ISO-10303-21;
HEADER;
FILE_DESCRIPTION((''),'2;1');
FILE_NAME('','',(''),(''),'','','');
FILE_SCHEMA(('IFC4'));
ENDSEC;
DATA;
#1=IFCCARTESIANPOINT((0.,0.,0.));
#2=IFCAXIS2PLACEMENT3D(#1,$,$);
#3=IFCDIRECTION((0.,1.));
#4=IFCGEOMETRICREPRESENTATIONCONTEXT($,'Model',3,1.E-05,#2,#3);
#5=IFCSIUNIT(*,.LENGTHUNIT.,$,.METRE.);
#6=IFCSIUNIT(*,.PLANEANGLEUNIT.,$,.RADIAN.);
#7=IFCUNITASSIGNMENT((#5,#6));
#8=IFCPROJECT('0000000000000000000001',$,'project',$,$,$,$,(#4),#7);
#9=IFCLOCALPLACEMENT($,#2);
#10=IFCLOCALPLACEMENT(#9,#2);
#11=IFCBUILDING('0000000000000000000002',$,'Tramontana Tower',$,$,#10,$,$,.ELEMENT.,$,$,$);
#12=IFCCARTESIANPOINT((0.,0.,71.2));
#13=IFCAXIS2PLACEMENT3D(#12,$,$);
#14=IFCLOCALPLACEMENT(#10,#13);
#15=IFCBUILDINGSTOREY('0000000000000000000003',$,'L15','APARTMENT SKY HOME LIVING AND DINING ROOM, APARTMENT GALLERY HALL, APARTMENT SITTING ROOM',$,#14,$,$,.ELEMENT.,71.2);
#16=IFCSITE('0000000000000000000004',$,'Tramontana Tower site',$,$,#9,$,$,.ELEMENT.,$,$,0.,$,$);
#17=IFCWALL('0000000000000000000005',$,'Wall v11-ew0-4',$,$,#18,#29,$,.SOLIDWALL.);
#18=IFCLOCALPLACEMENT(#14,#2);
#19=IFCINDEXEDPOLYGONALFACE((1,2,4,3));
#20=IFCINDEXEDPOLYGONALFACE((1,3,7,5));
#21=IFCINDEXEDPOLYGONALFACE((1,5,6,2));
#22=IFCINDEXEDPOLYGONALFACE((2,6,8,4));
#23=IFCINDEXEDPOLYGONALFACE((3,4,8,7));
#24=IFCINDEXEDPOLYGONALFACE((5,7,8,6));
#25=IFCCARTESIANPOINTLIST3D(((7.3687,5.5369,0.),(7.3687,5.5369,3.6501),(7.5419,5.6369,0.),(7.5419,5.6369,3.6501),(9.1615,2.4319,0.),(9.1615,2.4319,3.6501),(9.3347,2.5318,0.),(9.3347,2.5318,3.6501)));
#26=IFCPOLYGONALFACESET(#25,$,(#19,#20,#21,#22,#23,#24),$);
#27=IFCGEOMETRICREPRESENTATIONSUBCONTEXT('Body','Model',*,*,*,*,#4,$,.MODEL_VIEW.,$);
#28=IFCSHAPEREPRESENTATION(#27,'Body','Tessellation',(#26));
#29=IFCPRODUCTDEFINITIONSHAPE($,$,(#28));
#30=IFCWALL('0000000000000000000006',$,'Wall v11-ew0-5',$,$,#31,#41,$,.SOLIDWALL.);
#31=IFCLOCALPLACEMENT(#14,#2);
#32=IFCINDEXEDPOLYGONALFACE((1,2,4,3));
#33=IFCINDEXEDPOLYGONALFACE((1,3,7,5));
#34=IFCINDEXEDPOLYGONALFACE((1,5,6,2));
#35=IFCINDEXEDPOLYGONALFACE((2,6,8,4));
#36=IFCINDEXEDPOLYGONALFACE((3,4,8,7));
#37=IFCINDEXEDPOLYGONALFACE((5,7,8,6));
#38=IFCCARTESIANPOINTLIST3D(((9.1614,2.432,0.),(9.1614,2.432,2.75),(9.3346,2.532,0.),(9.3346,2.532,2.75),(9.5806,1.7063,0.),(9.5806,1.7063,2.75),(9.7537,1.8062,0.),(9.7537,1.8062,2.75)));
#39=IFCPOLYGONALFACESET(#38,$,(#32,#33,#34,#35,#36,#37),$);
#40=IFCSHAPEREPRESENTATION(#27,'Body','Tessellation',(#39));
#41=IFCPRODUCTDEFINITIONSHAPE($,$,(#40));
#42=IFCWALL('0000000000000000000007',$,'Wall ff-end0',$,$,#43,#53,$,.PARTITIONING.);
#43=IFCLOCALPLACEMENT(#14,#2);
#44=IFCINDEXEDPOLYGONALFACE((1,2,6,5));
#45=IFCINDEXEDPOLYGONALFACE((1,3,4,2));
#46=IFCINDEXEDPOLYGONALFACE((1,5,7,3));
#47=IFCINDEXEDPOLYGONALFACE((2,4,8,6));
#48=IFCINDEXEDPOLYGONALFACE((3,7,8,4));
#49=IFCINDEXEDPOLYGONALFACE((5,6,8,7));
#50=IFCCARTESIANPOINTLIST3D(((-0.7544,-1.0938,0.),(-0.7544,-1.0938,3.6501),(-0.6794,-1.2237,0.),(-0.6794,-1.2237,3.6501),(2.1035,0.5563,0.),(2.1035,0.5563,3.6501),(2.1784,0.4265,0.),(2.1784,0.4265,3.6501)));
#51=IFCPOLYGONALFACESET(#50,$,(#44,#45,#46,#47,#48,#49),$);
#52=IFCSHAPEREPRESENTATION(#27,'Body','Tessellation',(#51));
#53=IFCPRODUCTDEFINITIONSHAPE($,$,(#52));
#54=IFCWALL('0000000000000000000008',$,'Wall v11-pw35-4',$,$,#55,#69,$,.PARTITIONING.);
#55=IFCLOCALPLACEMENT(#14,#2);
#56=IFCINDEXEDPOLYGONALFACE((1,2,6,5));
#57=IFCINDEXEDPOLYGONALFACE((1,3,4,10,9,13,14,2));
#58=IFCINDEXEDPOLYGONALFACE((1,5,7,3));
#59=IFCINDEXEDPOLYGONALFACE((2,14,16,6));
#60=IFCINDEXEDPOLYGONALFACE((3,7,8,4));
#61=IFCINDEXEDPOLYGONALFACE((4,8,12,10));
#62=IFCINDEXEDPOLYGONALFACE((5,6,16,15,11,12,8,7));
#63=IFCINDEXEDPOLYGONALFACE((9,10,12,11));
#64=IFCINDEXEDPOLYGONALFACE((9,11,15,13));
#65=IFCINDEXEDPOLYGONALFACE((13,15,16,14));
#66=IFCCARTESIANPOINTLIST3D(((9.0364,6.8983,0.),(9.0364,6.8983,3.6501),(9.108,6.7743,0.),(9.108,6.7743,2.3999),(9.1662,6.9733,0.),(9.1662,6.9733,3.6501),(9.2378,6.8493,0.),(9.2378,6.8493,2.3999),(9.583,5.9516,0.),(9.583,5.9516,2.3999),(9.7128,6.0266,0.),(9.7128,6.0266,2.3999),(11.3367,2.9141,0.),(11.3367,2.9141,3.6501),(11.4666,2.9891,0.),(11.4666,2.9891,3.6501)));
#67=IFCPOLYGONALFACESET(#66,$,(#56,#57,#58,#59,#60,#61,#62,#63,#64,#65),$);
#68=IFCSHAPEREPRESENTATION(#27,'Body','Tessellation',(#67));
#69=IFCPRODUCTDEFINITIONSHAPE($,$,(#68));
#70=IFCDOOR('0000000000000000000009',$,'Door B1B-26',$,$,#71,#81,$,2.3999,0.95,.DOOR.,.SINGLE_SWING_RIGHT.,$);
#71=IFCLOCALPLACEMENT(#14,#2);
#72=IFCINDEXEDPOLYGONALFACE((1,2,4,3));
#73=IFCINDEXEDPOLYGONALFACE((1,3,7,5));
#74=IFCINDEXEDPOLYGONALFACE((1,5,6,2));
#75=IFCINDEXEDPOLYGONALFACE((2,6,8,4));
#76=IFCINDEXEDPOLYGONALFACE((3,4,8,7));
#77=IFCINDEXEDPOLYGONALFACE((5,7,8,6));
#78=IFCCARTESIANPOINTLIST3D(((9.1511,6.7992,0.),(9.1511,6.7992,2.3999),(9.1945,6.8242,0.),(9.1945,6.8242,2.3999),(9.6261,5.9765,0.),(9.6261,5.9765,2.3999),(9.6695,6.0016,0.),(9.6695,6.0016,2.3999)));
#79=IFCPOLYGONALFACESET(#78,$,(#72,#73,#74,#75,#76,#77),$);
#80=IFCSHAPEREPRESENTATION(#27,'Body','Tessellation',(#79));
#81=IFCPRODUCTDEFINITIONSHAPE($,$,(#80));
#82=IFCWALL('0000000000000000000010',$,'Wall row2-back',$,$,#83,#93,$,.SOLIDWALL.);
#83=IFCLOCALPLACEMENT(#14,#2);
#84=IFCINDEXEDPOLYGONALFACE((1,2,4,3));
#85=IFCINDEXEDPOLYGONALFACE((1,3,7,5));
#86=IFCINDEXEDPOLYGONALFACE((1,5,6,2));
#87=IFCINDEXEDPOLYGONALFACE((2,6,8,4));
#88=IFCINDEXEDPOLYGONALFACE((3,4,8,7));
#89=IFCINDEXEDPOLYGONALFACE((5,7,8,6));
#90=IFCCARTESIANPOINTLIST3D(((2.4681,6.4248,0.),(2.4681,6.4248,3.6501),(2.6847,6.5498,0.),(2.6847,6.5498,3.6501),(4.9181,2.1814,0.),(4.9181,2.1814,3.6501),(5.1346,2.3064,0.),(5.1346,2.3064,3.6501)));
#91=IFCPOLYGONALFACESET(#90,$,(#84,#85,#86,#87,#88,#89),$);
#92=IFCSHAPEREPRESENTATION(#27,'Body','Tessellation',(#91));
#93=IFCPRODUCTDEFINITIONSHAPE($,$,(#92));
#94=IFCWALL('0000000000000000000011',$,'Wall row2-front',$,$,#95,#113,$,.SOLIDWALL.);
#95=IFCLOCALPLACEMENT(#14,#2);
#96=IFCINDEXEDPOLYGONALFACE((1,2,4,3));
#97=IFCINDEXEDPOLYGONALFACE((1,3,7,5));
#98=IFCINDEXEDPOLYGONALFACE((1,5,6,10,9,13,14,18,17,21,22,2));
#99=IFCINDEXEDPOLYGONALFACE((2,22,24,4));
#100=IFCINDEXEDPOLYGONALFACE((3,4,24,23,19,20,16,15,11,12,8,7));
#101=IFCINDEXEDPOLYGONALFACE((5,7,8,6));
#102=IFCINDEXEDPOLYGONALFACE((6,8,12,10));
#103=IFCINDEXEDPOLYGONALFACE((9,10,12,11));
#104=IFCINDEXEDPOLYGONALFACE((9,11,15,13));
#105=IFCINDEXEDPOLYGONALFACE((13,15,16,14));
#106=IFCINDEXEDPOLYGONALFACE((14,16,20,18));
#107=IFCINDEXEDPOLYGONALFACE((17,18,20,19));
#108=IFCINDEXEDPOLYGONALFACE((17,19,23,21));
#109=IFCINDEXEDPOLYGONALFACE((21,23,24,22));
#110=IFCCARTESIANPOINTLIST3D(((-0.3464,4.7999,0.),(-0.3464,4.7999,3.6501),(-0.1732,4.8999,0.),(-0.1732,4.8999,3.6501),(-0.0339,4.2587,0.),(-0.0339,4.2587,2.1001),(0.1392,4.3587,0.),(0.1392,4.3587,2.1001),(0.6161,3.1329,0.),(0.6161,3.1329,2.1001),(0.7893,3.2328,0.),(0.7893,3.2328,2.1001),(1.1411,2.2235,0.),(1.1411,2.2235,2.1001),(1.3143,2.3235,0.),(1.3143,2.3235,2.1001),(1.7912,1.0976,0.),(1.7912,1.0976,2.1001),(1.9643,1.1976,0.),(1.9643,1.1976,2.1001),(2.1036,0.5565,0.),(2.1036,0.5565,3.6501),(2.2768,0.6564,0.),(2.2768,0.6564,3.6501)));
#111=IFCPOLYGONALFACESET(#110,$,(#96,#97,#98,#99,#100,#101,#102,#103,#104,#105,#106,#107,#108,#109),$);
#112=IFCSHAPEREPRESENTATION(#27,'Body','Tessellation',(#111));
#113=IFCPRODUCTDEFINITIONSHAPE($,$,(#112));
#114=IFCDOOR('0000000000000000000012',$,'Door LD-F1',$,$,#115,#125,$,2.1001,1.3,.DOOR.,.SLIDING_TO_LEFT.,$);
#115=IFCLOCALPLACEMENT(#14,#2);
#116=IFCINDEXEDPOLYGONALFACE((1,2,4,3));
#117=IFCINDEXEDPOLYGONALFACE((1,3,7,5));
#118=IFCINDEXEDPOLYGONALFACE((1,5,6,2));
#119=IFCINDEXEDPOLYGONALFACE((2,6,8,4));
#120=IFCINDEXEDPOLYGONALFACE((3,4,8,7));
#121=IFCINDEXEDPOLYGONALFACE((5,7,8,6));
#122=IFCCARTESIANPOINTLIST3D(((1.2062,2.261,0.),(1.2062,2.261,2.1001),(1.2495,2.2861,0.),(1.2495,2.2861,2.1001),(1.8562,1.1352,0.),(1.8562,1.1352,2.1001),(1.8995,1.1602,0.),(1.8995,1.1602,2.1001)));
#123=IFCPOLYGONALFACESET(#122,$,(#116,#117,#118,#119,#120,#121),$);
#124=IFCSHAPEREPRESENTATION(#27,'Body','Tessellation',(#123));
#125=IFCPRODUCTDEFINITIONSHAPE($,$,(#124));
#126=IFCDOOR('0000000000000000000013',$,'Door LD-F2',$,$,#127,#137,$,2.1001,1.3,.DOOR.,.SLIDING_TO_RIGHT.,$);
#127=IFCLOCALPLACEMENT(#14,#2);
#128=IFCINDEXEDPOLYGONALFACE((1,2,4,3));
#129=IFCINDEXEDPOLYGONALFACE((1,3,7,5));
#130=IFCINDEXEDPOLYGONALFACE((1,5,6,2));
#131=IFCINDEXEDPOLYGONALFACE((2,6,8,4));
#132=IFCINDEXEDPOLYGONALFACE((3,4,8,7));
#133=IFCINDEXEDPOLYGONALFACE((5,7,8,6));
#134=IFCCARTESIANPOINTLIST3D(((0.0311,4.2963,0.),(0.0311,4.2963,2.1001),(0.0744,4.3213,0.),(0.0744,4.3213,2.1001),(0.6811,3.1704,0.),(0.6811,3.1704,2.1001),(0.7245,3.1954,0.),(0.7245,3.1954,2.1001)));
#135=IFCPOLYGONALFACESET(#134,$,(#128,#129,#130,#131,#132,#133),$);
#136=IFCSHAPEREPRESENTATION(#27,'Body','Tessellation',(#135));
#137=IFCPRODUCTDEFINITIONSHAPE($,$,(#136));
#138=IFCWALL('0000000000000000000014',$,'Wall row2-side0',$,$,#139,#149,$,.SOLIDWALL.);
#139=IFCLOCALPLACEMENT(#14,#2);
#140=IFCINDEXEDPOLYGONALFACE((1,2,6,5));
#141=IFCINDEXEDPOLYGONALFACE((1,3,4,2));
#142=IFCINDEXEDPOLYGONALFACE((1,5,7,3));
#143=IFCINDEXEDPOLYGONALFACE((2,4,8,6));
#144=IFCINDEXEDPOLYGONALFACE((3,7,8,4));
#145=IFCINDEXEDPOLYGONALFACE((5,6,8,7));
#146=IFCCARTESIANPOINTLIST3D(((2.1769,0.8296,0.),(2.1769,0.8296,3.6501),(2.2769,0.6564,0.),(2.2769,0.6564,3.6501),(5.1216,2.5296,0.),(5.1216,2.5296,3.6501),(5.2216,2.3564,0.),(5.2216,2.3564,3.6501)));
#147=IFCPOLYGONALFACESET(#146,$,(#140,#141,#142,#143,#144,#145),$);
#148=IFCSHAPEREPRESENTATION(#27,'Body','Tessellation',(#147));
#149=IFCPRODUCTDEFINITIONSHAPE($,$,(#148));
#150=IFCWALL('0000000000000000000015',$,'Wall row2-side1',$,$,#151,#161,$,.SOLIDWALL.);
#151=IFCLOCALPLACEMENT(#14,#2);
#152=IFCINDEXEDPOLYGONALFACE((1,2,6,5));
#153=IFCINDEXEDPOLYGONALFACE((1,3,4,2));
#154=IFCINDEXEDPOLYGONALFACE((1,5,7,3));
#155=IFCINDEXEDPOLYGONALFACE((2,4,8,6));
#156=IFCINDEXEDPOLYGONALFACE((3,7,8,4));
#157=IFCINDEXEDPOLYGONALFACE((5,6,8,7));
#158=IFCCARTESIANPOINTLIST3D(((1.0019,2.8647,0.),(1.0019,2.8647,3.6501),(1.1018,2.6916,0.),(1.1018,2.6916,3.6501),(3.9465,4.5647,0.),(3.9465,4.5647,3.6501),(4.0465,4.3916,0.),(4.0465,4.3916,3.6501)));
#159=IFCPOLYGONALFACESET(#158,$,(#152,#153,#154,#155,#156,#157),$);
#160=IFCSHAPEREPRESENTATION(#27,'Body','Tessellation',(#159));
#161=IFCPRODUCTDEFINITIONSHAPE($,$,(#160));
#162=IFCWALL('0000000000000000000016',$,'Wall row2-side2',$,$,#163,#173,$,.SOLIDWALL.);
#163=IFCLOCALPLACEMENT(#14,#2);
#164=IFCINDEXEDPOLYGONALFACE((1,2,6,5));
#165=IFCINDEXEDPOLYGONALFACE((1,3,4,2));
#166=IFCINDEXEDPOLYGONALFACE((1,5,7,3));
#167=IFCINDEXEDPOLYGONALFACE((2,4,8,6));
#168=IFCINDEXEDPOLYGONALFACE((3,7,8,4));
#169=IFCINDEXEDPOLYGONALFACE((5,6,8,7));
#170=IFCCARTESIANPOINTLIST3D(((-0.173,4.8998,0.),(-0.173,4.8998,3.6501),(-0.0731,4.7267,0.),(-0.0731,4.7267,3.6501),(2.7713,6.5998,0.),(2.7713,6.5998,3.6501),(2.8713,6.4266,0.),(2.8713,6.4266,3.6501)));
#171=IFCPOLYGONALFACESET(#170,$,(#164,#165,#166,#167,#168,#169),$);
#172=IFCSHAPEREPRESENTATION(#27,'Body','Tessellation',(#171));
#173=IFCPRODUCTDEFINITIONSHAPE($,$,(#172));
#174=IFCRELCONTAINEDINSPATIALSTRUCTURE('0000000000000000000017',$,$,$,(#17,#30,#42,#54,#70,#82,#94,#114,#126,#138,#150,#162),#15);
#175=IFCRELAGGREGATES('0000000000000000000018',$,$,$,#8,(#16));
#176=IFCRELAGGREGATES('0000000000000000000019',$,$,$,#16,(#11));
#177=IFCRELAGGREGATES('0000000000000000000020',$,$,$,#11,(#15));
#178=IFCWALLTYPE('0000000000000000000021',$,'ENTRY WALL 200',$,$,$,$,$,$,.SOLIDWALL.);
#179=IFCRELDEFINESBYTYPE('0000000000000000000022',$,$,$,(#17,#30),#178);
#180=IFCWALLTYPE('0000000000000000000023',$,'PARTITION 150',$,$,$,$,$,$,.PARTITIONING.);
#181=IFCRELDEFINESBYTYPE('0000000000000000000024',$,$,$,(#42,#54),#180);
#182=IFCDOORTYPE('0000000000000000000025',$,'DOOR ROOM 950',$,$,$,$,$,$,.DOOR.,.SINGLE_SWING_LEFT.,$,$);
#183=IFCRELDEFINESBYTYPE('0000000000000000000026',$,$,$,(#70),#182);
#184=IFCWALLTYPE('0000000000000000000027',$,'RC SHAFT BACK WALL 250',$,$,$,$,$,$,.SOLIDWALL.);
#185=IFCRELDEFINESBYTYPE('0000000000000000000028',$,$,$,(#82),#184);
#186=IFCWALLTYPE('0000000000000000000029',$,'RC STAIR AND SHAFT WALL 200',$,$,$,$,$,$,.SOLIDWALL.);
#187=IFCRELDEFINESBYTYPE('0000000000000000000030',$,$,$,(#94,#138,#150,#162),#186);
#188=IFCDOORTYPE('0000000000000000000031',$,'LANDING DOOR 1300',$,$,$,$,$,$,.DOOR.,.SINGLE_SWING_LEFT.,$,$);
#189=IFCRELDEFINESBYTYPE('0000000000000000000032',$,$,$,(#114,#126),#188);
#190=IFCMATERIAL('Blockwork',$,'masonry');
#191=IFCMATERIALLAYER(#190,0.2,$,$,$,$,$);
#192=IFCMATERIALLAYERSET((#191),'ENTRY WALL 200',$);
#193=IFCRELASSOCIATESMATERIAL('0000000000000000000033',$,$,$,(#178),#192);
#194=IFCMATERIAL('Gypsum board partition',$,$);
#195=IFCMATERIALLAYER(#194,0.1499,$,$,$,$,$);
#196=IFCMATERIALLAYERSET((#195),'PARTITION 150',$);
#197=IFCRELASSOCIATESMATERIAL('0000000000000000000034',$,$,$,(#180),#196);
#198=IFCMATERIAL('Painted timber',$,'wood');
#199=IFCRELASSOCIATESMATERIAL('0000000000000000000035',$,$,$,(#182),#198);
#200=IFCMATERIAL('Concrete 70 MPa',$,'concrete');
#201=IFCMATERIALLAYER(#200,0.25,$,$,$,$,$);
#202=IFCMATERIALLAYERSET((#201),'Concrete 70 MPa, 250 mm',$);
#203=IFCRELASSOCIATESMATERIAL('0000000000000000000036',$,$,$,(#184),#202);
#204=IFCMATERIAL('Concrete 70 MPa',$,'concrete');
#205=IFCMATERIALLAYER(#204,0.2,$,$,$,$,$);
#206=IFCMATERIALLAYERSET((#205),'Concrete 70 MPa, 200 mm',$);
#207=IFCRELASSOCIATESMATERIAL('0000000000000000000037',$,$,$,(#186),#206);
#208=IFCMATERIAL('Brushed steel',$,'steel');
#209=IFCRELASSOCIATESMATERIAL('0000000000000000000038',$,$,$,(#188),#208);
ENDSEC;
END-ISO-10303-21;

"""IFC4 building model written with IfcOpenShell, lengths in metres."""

from ifc_helpers import new_model, si_unit, direction, frame, frame_2d, origin, place, context, subcontext, project, spatial, rectangle, extrude, material, layer, layer_set, type_object, element, fill, save


model = new_model("IFC4")

# Units and contexts
model_context = context("Model", 3, precision=1e-05, world=origin(), true_north=direction((0.0, 1.0)))
body_context = subcontext(model_context, "Body", "Model", "MODEL_VIEW")
ifc_project = project(units=[si_unit("LENGTHUNIT", "METRE"), si_unit("PLANEANGLEUNIT", "RADIAN")], contexts=[model_context])

# Site, building, storey
site_placement = place(None, origin())
site = spatial("IfcSite", under=ifc_project, at=site_placement, Name="Tramontana Tower site", CompositionType="ELEMENT", RefElevation=0.0)
building_placement = place(site_placement, origin())
building = spatial("IfcBuilding", under=site, at=building_placement, Name="Tramontana Tower", CompositionType="ELEMENT")
storey_placement = place(building_placement, frame((0.0, 0.0, 71.2)))
storey = spatial("IfcBuildingStorey", under=building, at=storey_placement, Name="L15", Description="APARTMENT SKY HOME LIVING AND DINING ROOM, APARTMENT GALLERY HALL, APARTMENT SITTING ROOM", CompositionType="ELEMENT", Elevation=71.2)

# Walls
ifc_material_1 = material(Name="Blockwork", Category="masonry")
ifc_layer_1 = layer(ifc_material_1, 0.2)
ifc_layer_set_1 = layer_set([ifc_layer_1], Name="ENTRY WALL 200")
wall_type_1 = type_object("IfcWallType", Name="ENTRY WALL 200", PredefinedType="SOLIDWALL", material=ifc_layer_set_1)
wall_1_placement = place(storey_placement, frame((7.4553, 5.5869, 0.0), z_axis=(0.0, 0.0, 1.0), x_axis=(0.500013, -0.866018, 0.0)))
element("IfcWall", 1, at=wall_1_placement, inside=storey, type_object=wall_type_1, Name="Wall v11-ew0-4", PredefinedType="SOLIDWALL", context=body_context, shape_type="SweptSolid", body=[
    extrude(rectangle(XDim=3.5854, YDim=0.2, at=frame_2d((1.7927, 0.0))), origin(), (0.0, 0.0, 1.0), 3.6501),
])
wall_2_placement = place(storey_placement, frame((9.248, 2.4819, 0.0), z_axis=(0.0, 0.0, 1.0), x_axis=(0.500117, -0.865958, 0.0)))
element("IfcWall", 2, at=wall_2_placement, inside=storey, type_object=wall_type_1, Name="Wall v11-ew0-5", PredefinedType="SOLIDWALL", context=body_context, shape_type="SweptSolid", body=[
    extrude(rectangle(XDim=0.8381, YDim=0.2, at=frame_2d((0.4189, 0.0))), origin(), (0.0, 0.0, 1.0), 2.75),
])

# Shared definitions
ifc_material_2 = material(Name="Gypsum board partition")
ifc_layer_2 = layer(ifc_material_2, 0.1499)
ifc_layer_set_2 = layer_set([ifc_layer_2], Name="PARTITION 150")
wall_type_2 = type_object("IfcWallType", Name="PARTITION 150", PredefinedType="PARTITIONING", material=ifc_layer_set_2)

# Wall
wall_3_placement = place(storey_placement, frame((-0.7168, -1.1587, 0.0), z_axis=(0.0, 0.0, 1.0), x_axis=(0.866008, 0.50003, 0.0)))
element("IfcWall", 3, at=wall_3_placement, inside=storey, type_object=wall_type_2, Name="Wall ff-end0", PredefinedType="PARTITIONING", context=body_context, shape_type="SweptSolid", body=[
    extrude(rectangle(XDim=3.3, YDim=0.1499, at=frame_2d((1.6499, 0.0))), origin(), (0.0, 0.0, 1.0), 3.6501),
])

# Wall, opening, door
wall_4_placement = place(storey_placement, frame((9.1013, 6.9358, 0.0), z_axis=(0.0, 0.0, 1.0), x_axis=(0.500009, -0.86602, 0.0)))
wall_4 = element("IfcWall", 4, at=wall_4_placement, inside=storey, type_object=wall_type_2, Name="Wall v11-pw35-4", PredefinedType="PARTITIONING", context=body_context, shape_type="SweptSolid", body=[
    extrude(rectangle(XDim=4.6006, YDim=0.1499, at=frame_2d((2.3003, 0.0))), origin(), (0.0, 0.0, 1.0), 3.6501),
])
opening_1_placement = place(wall_4_placement, frame((0.1431, 0.0, 0.0)))
opening_1 = element("IfcOpeningElement", 5, at=opening_1_placement, cuts=wall_4, PredefinedType="OPENING", context=body_context, shape_type="SweptSolid", body=[
    extrude(rectangle(XDim=0.95, YDim=2.3999, at=frame_2d((0.4751, 1.2))), frame((0.0, 0.085, 0.0), z_axis=(0.0, -1.0, 0.0), x_axis=(1.0, 0.0, 0.0)), (0.0, 0.0, 1.0), 0.1699),
])
ifc_material_3 = material(Name="Painted timber", Category="wood")
door_type_1 = type_object("IfcDoorType", Name="DOOR ROOM 950", OperationType="SINGLE_SWING_LEFT", PredefinedType="DOOR", material=ifc_material_3)
door_1_placement = place(opening_1_placement, origin())
door_1 = element("IfcDoor", 6, at=door_1_placement, inside=storey, type_object=door_type_1, Name="Door B1B-26", OperationType="SINGLE_SWING_RIGHT", OverallHeight=2.3999, OverallWidth=0.95, PredefinedType="DOOR", context=body_context, shape_type="SweptSolid", body=[
    extrude(rectangle(XDim=0.95, YDim=2.3999, at=frame_2d((0.4751, 1.2))), frame((0.0, 0.0249, 0.0), z_axis=(0.0, -1.0, 0.0), x_axis=(1.0, 0.0, 0.0)), (0.0, 0.0, 1.0), 0.05),
])
fill(opening_1, door_1)

# Wall
ifc_material_4 = material(Name="Concrete 70 MPa", Category="concrete")
ifc_layer_3 = layer(ifc_material_4, 0.25)
ifc_layer_set_3 = layer_set([ifc_layer_3], Name="Concrete 70 MPa, 250 mm")
wall_type_3 = type_object("IfcWallType", Name="RC SHAFT BACK WALL 250", PredefinedType="SOLIDWALL", material=ifc_layer_set_3)
wall_5_placement = place(storey_placement, frame((5.0264, 2.2439, 0.0), z_axis=(0.0, 0.0, 1.0), x_axis=(-0.500003, 0.866024, 0.0)))
element("IfcWall", 7, at=wall_5_placement, inside=storey, type_object=wall_type_3, Name="Wall row2-back", PredefinedType="SOLIDWALL", context=body_context, shape_type="SweptSolid", body=[
    extrude(rectangle(XDim=4.8999, YDim=0.25, at=frame_2d((2.45, 0.0))), origin(), (0.0, 0.0, 1.0), 3.6501),
])

# Shared definitions
ifc_material_5 = material(Name="Concrete 70 MPa", Category="concrete")
ifc_layer_4 = layer(ifc_material_5, 0.2)
ifc_layer_set_4 = layer_set([ifc_layer_4], Name="Concrete 70 MPa, 200 mm")
wall_type_4 = type_object("IfcWallType", Name="RC STAIR AND SHAFT WALL 200", PredefinedType="SOLIDWALL", material=ifc_layer_set_4)

# Wall, openings, doors
wall_6_placement = place(storey_placement, frame((2.1902, 0.6064, 0.0), z_axis=(0.0, 0.0, 1.0), x_axis=(-0.500003, 0.866024, 0.0)))
wall_6 = element("IfcWall", 8, at=wall_6_placement, inside=storey, type_object=wall_type_4, Name="Wall row2-front", PredefinedType="SOLIDWALL", context=body_context, shape_type="SweptSolid", body=[
    extrude(rectangle(XDim=4.8999, YDim=0.2, at=frame_2d((2.45, 0.0))), origin(), (0.0, 0.0, 1.0), 3.6501),
])
opening_2_placement = place(wall_6_placement, frame((0.625, 0.0, 0.0)))
opening_2 = element("IfcOpeningElement", 9, at=opening_2_placement, cuts=wall_6, PredefinedType="OPENING", context=body_context, shape_type="SweptSolid", body=[
    extrude(rectangle(XDim=1.3, YDim=2.1001, at=frame_2d((0.6499, 1.05))), frame((0.0, 0.1099, 0.0), z_axis=(0.0, -1.0, 0.0), x_axis=(1.0, 0.0, 0.0)), (0.0, 0.0, 1.0), 0.22),
])
opening_3_placement = place(wall_6_placement, frame((2.9751, 0.0, 0.0)))
opening_3 = element("IfcOpeningElement", 10, at=opening_3_placement, cuts=wall_6, PredefinedType="OPENING", context=body_context, shape_type="SweptSolid", body=[
    extrude(rectangle(XDim=1.3, YDim=2.1001, at=frame_2d((0.6499, 1.05))), frame((0.0, 0.1099, 0.0), z_axis=(0.0, -1.0, 0.0), x_axis=(1.0, 0.0, 0.0)), (0.0, 0.0, 1.0), 0.22),
])
ifc_material_6 = material(Name="Brushed steel", Category="steel")
door_type_2 = type_object("IfcDoorType", Name="LANDING DOOR 1300", OperationType="SINGLE_SWING_LEFT", PredefinedType="DOOR", material=ifc_material_6)
door_2_placement = place(opening_2_placement, origin())
door_2 = element("IfcDoor", 11, at=door_2_placement, inside=storey, type_object=door_type_2, Name="Door LD-F1", OperationType="SLIDING_TO_LEFT", OverallHeight=2.1001, OverallWidth=1.3, PredefinedType="DOOR", context=body_context, shape_type="SweptSolid", body=[
    extrude(rectangle(XDim=1.3, YDim=2.1001, at=frame_2d((0.6499, 1.05))), frame((0.0, 0.0249, 0.0), z_axis=(0.0, -1.0, 0.0), x_axis=(1.0, 0.0, 0.0)), (0.0, 0.0, 1.0), 0.05),
])
fill(opening_2, door_2)
door_3_placement = place(opening_3_placement, origin())
door_3 = element("IfcDoor", 12, at=door_3_placement, inside=storey, type_object=door_type_2, Name="Door LD-F2", OperationType="SLIDING_TO_RIGHT", OverallHeight=2.1001, OverallWidth=1.3, PredefinedType="DOOR", context=body_context, shape_type="SweptSolid", body=[
    extrude(rectangle(XDim=1.3, YDim=2.1001, at=frame_2d((0.6499, 1.05))), frame((0.0, 0.0249, 0.0), z_axis=(0.0, -1.0, 0.0), x_axis=(1.0, 0.0, 0.0)), (0.0, 0.0, 1.0), 0.05),
])
fill(opening_3, door_3)

# Walls
for number, where, z_axis, x_axis, name in (
    (13, (2.2268, 0.7429, 0.0), (0.0, 0.0, 1.0), (0.866039, 0.499977, 0.0), "Wall row2-side0"),
    (14, (1.0518, 2.7781, 0.0), (0.0, 0.0, 1.0), (0.866039, 0.499977, 0.0), "Wall row2-side1"),
):
    element("IfcWall", number, at=place(storey_placement, frame(where, z_axis=z_axis, x_axis=x_axis)), inside=storey, type_object=wall_type_4, Name=name, PredefinedType="SOLIDWALL", context=body_context, shape_type="SweptSolid", body=[
        extrude(rectangle(XDim=3.4001, YDim=0.2, at=frame_2d((1.7002, 0.0))), origin(), (0.0, 0.0, 1.0), 3.6501),
    ])
wall_7_placement = place(storey_placement, frame((-0.123, 4.8132, 0.0), z_axis=(0.0, 0.0, 1.0), x_axis=(0.866021, 0.500008, 0.0)))
element("IfcWall", 15, at=wall_7_placement, inside=storey, type_object=wall_type_4, Name="Wall row2-side2", PredefinedType="SOLIDWALL", context=body_context, shape_type="SweptSolid", body=[
    extrude(rectangle(XDim=3.3999, YDim=0.2, at=frame_2d((1.7, 0.0))), origin(), (0.0, 0.0, 1.0), 3.6501),
])

save(model, "model.ifc")
